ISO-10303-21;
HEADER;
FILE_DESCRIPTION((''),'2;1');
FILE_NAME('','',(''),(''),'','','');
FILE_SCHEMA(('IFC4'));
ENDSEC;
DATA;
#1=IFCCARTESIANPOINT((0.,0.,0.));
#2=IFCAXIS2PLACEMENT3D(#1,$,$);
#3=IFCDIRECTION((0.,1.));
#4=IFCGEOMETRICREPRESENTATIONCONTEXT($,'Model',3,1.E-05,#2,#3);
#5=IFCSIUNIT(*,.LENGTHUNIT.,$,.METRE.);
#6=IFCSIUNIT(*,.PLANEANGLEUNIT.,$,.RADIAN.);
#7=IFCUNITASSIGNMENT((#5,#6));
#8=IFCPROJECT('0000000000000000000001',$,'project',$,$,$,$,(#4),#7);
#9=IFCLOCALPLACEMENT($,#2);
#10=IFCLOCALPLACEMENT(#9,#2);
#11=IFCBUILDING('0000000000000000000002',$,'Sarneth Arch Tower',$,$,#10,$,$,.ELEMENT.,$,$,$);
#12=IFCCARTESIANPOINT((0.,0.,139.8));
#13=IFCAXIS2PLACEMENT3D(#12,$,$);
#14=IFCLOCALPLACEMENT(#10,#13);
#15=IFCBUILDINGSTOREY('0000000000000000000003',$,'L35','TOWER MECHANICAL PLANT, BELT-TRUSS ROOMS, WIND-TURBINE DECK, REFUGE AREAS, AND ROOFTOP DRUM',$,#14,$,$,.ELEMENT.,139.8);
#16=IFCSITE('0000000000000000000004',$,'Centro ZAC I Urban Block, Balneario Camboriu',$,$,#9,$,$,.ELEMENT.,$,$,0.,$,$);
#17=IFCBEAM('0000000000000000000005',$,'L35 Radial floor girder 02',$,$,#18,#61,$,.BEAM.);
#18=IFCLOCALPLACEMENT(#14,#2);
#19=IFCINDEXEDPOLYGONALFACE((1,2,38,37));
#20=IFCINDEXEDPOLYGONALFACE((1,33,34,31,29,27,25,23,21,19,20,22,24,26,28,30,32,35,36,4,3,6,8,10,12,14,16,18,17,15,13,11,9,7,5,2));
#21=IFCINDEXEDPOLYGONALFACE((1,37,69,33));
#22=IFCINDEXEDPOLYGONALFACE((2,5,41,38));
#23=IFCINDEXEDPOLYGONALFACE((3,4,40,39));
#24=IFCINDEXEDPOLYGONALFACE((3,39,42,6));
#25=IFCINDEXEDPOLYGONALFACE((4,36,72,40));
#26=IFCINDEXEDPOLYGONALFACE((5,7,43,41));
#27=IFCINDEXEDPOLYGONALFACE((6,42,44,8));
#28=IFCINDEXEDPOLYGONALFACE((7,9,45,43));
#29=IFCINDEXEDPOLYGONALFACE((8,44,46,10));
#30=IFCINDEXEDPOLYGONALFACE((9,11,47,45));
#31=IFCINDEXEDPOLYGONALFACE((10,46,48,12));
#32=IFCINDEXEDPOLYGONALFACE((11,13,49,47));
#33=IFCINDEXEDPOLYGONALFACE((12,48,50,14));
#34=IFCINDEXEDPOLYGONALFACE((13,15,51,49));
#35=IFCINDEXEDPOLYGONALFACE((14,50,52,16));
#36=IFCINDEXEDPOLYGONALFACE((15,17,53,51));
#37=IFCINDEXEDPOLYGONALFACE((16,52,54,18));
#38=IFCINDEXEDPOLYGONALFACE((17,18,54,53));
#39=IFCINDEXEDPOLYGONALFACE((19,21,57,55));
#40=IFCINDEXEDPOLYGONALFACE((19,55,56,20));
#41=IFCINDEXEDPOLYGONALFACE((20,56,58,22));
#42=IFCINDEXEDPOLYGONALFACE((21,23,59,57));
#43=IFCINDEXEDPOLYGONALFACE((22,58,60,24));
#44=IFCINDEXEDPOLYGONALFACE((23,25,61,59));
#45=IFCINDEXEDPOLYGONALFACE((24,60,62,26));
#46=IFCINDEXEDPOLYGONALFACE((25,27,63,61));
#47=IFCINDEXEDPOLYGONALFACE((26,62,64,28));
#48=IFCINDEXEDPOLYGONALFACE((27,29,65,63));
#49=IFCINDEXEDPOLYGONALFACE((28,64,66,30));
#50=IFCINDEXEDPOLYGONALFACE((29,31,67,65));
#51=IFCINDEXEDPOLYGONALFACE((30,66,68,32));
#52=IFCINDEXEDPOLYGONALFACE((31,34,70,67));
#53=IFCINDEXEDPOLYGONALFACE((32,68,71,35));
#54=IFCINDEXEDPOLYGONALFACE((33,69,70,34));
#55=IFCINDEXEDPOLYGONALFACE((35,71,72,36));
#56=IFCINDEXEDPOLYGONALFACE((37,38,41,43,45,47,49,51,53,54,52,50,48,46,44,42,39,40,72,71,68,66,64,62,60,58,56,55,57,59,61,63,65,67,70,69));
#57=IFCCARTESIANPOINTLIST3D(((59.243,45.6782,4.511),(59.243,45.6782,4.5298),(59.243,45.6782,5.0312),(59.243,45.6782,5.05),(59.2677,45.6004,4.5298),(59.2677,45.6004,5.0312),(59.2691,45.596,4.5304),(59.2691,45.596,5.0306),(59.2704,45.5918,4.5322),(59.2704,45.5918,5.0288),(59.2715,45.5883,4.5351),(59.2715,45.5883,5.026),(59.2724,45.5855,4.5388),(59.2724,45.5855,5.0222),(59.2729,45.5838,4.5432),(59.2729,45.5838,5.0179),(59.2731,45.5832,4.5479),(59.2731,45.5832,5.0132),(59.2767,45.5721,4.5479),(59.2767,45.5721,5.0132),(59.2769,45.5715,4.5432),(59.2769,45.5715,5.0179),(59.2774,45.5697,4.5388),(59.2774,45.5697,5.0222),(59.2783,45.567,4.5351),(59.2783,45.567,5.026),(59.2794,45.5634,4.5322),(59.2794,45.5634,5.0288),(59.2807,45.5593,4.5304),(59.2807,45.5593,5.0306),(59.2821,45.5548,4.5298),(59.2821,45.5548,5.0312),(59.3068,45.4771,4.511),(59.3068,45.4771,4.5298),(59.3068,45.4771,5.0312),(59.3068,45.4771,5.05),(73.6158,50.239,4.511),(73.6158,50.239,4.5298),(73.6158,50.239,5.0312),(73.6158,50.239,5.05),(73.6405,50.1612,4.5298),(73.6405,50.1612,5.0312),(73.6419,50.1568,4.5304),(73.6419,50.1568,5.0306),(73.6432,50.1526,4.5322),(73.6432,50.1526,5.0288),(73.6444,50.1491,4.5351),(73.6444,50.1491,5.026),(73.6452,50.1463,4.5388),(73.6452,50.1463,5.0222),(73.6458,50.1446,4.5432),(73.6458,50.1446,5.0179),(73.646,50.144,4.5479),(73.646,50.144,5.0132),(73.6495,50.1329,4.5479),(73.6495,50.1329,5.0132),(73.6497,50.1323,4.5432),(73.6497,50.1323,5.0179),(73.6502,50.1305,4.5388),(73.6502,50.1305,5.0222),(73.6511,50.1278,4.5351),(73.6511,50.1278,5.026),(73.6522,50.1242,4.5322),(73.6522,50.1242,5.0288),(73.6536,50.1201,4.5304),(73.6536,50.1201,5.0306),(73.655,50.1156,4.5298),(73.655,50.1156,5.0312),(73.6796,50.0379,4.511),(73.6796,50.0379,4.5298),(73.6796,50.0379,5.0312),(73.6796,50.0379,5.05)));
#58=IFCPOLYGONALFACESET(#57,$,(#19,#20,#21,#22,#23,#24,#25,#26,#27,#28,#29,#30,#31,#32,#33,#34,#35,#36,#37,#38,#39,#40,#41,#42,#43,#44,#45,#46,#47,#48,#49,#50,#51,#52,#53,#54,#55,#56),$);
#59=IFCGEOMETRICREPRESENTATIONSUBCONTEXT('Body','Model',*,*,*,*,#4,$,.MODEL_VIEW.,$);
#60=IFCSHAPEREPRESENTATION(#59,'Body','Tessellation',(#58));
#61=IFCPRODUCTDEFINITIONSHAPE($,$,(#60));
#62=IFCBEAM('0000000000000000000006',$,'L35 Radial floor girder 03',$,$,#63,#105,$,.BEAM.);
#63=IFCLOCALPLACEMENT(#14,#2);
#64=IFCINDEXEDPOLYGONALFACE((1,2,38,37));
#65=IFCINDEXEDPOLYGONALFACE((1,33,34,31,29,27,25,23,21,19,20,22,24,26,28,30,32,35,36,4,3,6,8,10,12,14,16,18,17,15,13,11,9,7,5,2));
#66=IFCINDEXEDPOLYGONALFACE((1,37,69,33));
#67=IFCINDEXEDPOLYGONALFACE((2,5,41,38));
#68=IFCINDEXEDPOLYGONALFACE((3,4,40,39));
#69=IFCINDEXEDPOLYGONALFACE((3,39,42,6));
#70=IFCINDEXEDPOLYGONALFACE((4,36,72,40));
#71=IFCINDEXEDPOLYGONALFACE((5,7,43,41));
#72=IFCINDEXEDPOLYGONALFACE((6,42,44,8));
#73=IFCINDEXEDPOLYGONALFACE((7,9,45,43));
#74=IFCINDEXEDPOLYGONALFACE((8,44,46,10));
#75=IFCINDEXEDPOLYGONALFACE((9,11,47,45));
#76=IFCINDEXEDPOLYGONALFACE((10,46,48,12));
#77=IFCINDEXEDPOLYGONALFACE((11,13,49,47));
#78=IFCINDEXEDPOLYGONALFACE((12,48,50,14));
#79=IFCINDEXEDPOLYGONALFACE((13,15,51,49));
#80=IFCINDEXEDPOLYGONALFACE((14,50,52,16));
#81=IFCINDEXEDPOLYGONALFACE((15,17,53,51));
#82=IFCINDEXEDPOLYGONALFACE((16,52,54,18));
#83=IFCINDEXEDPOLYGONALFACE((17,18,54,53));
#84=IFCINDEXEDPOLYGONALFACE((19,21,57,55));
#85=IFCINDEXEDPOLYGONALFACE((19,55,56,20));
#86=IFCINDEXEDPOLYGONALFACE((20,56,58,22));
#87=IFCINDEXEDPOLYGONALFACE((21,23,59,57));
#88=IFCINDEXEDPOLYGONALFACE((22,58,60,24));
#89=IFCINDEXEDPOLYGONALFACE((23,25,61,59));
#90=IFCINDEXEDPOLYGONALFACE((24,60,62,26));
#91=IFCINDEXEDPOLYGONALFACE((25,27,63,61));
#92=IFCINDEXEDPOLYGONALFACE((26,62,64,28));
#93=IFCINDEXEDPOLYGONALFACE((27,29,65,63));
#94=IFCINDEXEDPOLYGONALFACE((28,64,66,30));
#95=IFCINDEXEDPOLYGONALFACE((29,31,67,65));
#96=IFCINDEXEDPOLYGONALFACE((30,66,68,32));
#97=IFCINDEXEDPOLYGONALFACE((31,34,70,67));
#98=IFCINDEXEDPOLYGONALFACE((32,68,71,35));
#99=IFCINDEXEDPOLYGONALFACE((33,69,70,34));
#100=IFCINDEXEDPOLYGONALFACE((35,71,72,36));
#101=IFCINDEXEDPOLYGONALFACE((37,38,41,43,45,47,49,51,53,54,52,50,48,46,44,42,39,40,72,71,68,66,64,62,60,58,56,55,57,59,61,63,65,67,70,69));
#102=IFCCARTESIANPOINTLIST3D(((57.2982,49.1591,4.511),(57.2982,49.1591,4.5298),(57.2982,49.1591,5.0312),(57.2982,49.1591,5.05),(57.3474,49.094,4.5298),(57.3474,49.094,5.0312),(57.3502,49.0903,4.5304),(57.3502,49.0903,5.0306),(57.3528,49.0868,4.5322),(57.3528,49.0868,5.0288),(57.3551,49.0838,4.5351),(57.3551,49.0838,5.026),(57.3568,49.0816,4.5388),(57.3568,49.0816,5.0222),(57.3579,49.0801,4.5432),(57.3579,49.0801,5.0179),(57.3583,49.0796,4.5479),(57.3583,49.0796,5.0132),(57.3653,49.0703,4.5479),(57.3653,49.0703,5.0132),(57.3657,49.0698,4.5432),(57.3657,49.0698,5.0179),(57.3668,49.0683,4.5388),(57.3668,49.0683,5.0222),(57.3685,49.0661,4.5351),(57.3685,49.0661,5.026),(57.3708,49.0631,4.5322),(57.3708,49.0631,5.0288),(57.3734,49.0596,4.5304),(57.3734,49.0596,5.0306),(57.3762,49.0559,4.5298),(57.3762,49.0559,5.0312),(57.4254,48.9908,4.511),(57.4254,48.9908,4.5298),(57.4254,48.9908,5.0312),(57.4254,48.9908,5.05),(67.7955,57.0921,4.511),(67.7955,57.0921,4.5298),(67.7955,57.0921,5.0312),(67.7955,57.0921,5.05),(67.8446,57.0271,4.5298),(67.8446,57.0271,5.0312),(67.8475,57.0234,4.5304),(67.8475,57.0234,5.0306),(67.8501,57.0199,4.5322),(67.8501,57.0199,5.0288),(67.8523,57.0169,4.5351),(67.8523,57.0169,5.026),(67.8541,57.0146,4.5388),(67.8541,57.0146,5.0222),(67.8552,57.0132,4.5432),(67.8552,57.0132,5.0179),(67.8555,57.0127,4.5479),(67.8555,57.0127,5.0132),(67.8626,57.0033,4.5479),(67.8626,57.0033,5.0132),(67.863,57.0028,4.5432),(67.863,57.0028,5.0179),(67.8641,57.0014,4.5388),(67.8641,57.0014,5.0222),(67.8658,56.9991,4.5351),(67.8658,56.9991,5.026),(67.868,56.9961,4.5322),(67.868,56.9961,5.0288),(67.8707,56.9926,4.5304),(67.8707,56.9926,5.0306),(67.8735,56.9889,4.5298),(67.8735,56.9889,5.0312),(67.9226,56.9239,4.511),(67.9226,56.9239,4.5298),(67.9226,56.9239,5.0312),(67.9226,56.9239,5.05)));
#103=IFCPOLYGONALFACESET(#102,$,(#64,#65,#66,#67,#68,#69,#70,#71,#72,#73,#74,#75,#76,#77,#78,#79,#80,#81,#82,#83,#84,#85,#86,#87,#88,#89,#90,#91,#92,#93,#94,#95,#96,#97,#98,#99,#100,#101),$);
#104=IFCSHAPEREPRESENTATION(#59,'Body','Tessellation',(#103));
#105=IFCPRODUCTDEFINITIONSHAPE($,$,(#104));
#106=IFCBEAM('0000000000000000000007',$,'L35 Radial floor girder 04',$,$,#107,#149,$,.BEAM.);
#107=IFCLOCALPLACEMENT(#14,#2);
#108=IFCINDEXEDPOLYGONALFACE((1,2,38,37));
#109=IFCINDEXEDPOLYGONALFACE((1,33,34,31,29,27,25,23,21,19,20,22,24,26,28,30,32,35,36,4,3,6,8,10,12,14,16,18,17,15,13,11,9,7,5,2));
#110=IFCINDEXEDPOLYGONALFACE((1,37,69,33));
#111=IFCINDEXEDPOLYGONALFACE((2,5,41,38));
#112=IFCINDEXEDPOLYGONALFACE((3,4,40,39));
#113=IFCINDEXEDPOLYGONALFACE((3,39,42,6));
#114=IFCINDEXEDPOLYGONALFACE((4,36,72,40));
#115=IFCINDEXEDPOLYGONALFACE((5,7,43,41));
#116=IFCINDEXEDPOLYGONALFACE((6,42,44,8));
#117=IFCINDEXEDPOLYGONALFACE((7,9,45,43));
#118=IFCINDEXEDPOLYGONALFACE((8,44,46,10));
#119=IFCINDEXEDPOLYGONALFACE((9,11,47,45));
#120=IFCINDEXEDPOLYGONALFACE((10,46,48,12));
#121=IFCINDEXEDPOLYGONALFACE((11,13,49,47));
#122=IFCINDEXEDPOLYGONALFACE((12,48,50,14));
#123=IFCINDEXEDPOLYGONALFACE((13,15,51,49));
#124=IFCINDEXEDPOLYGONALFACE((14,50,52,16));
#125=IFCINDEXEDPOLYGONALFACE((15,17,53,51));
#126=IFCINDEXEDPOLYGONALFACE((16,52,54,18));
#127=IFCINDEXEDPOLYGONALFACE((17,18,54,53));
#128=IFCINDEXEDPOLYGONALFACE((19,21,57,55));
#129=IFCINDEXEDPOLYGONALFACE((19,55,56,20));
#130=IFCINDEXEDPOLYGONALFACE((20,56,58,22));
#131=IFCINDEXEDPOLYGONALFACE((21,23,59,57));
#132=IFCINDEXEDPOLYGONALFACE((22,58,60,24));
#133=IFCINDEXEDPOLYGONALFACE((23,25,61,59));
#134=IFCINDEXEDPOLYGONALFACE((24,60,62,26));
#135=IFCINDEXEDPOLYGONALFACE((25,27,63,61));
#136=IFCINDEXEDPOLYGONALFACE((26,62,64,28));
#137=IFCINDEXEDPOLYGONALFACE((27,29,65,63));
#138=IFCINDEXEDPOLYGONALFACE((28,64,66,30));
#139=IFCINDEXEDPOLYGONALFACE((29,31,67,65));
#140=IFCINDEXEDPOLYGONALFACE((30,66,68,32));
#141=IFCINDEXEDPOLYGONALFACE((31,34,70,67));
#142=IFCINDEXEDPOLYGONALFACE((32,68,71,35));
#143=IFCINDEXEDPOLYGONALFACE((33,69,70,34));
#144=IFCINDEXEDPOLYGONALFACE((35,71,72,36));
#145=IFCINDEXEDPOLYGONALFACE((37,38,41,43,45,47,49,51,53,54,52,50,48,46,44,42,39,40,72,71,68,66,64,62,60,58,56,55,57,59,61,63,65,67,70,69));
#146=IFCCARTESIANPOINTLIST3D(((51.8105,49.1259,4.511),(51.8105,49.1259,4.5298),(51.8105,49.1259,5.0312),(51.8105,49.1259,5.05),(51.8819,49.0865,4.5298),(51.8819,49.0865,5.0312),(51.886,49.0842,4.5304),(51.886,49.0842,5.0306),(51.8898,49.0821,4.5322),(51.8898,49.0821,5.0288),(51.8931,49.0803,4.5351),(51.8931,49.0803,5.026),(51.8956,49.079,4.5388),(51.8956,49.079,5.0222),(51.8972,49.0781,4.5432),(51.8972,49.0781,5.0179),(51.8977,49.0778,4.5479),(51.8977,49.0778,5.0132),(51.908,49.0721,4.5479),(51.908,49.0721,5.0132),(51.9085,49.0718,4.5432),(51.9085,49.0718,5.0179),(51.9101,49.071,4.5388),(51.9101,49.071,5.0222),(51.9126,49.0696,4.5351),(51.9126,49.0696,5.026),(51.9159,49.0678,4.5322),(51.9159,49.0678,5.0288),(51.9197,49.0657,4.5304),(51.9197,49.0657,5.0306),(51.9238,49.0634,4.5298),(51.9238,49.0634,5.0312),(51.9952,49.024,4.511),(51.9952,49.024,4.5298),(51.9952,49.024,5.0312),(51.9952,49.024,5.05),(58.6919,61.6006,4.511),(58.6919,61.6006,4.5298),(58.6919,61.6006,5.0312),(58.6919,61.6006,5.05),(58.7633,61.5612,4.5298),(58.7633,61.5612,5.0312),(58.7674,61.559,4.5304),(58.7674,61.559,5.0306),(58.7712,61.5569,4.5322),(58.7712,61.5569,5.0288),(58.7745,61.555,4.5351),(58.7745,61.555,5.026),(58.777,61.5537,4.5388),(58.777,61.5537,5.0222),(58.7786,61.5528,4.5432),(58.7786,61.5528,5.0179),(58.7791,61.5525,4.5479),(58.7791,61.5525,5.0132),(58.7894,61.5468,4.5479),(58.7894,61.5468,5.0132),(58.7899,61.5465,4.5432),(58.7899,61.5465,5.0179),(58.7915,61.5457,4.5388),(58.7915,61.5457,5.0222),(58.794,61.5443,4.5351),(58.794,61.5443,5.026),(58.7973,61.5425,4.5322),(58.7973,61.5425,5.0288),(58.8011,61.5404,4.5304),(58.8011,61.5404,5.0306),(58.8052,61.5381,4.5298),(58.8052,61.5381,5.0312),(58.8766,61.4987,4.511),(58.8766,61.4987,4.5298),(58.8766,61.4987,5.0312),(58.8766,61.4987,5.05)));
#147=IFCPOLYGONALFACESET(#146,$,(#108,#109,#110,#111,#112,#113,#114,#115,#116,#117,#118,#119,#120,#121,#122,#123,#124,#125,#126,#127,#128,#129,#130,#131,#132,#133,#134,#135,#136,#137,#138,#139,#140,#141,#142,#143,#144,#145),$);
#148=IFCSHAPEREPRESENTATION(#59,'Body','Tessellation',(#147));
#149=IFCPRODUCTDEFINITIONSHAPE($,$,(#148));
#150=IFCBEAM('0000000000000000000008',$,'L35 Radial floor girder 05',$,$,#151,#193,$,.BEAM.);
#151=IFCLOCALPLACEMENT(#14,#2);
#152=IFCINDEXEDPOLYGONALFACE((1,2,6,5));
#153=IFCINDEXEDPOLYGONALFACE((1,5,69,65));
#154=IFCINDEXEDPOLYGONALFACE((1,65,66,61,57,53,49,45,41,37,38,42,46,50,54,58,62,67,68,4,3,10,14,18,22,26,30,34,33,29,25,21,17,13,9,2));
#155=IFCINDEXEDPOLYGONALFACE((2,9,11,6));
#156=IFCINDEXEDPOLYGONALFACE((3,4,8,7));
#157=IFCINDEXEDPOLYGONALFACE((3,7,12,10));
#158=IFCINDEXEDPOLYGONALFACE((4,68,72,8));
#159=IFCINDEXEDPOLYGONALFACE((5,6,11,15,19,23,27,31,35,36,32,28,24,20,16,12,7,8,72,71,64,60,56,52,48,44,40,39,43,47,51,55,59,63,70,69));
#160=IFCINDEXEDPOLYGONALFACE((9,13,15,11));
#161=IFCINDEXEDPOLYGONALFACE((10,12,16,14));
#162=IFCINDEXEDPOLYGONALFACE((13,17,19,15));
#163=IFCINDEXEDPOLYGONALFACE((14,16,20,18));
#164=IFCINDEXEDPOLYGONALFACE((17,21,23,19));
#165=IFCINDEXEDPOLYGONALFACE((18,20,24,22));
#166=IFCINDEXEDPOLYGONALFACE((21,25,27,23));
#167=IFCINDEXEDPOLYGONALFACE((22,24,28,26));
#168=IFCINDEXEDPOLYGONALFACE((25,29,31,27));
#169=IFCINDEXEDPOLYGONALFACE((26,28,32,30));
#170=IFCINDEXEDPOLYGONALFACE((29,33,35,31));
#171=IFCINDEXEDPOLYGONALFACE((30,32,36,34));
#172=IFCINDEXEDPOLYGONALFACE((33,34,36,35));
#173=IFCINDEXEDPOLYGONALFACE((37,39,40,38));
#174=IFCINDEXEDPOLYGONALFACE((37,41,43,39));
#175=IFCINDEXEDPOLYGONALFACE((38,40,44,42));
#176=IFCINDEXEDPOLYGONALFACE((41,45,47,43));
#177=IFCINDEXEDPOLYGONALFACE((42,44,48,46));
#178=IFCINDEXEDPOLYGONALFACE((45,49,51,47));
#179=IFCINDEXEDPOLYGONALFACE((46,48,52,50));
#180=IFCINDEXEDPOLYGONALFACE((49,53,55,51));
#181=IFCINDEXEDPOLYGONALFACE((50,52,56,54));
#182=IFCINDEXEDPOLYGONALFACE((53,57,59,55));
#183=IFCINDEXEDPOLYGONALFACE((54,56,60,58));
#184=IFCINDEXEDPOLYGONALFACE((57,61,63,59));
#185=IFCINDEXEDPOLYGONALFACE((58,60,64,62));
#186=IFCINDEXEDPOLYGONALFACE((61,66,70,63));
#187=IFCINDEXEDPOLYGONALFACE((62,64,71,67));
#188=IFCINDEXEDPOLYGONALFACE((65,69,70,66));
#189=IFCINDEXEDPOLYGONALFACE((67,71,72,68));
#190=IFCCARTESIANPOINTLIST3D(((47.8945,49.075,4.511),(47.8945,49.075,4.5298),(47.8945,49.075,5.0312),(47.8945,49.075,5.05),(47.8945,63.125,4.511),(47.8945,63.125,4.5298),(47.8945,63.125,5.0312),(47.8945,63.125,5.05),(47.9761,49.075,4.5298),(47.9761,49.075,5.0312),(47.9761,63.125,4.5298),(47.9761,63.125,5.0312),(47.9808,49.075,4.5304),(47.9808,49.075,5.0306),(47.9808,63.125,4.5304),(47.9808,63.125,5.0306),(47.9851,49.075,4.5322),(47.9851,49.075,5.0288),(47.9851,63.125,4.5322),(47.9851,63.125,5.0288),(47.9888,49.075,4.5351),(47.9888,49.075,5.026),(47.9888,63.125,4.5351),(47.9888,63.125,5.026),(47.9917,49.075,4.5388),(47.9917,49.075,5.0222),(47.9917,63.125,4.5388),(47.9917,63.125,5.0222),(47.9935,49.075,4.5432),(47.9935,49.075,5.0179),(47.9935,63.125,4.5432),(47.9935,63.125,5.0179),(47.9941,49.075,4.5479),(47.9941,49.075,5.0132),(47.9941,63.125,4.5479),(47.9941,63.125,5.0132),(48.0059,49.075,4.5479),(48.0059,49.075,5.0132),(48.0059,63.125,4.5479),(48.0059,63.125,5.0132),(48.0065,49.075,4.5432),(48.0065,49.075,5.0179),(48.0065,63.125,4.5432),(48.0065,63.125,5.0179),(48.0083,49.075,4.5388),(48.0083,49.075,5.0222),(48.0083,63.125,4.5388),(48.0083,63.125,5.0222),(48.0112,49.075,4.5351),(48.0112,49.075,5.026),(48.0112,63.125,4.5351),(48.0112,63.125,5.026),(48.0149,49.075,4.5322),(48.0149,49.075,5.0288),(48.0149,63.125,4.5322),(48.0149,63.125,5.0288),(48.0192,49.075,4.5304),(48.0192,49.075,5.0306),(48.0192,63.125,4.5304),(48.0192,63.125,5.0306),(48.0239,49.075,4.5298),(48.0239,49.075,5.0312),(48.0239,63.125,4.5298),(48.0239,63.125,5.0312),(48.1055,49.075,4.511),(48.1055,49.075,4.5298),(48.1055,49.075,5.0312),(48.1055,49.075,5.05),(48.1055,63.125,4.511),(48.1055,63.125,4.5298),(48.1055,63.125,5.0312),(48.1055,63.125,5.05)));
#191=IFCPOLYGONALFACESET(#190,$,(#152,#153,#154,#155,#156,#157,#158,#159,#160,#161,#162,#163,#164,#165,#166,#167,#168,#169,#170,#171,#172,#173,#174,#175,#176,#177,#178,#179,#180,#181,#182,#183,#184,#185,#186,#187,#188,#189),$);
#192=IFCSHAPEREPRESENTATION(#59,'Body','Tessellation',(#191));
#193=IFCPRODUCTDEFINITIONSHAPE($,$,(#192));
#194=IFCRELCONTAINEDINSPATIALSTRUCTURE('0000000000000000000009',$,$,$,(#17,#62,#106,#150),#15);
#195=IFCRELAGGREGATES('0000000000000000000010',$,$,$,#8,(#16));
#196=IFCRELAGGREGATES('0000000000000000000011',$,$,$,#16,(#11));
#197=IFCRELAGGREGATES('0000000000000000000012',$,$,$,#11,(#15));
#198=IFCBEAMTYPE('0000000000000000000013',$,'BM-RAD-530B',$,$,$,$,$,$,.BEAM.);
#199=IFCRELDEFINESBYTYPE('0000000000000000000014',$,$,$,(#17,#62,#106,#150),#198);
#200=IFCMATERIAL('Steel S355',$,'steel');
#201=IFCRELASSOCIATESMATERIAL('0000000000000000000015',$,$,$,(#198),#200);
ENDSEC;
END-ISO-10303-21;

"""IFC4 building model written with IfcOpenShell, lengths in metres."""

from ifc_helpers import new_model, si_unit, direction, frame, origin, origin_2d, place, context, subcontext, project, spatial, i_section, extrude, material, material_profile, profile_set, type_object, element, save


model = new_model("IFC4")

# Units and contexts
model_context = context("Model", 3, precision=1e-05, world=origin(), true_north=direction((0.0, 1.0)))
body_context = subcontext(model_context, "Body", "Model", "MODEL_VIEW")
ifc_project = project(units=[si_unit("LENGTHUNIT", "METRE"), si_unit("PLANEANGLEUNIT", "RADIAN")], contexts=[model_context])

# Site, building, storey
site_placement = place(None, origin())
site = spatial("IfcSite", under=ifc_project, at=site_placement, Name="Centro ZAC I Urban Block, Balneario Camboriu", CompositionType="ELEMENT", RefElevation=0.0)
building_placement = place(site_placement, origin())
building = spatial("IfcBuilding", under=site, at=building_placement, Name="Sarneth Arch Tower", CompositionType="ELEMENT")
storey_placement = place(building_placement, frame((0.0, 0.0, 139.8)))
storey = spatial("IfcBuildingStorey", under=building, at=storey_placement, Name="L35", Description="TOWER MECHANICAL PLANT, BELT-TRUSS ROOMS, WIND-TURBINE DECK, REFUGE AREAS, AND ROOFTOP DRUM", CompositionType="ELEMENT", Elevation=139.8)

# Beams
ifc_material_1 = material(Name="Steel S355", Category="steel")
ifc_material_profile_1 = material_profile(ifc_material_1, i_section(OverallWidth=0.2109, OverallDepth=0.5391, WebThickness=0.0117, FlangeThickness=0.0188, FilletRadius=0.0181, at=origin_2d()), Name="W530x109")
ifc_profile_set_1 = profile_set([ifc_material_profile_1], Name="Steel S355")
beam_type_1 = type_object("IfcBeamType", Name="BM-RAD-530B", PredefinedType="BEAM", material=ifc_profile_set_1)
beam_1_placement = place(storey_placement, frame((59.2749, 45.5776, 4.7805), z_axis=(0.953163, 0.302458, 0.0), x_axis=(-0.302458, 0.953163, 0.0)))
element("IfcBeam", 1, at=beam_1_placement, inside=storey, type_object=beam_type_1, Name="L35 Radial floor girder 02", PredefinedType="BEAM", context=body_context, shape_type="SweptSolid", body=[
    extrude(i_section(OverallWidth=0.2109, OverallDepth=0.5391, WebThickness=0.0117, FlangeThickness=0.0188, FilletRadius=0.0181, at=origin_2d()), origin(), (0.0, 0.0, 1.0), 15.0791),
])
beam_2_placement = place(storey_placement, frame((57.3618, 49.075, 4.7805), z_axis=(0.797801, 0.60292, 0.0), x_axis=(-0.60292, 0.797801, 0.0)))
element("IfcBeam", 2, at=beam_2_placement, inside=storey, type_object=beam_type_1, Name="L35 Radial floor girder 03", PredefinedType="BEAM", context=body_context, shape_type="SweptSolid", body=[
    extrude(i_section(OverallWidth=0.2109, OverallDepth=0.5391, WebThickness=0.0117, FlangeThickness=0.0188, FilletRadius=0.0181, at=origin_2d()), origin(), (0.0, 0.0, 1.0), 13.1577),
])
beam_3_placement = place(storey_placement, frame((51.9028, 49.075, 4.7805), z_axis=(0.483013, 0.875613, 0.0), x_axis=(-0.875613, 0.483013, 0.0)))
element("IfcBeam", 3, at=beam_3_placement, inside=storey, type_object=beam_type_1, Name="L35 Radial floor girder 04", PredefinedType="BEAM", context=body_context, shape_type="SweptSolid", body=[
    extrude(i_section(OverallWidth=0.2109, OverallDepth=0.5391, WebThickness=0.0117, FlangeThickness=0.0188, FilletRadius=0.0181, at=origin_2d()), origin(), (0.0, 0.0, 1.0), 14.2468),
])
beam_4_placement = place(storey_placement, frame((48.0, 49.075, 4.7805), z_axis=(0.0, 1.0, 0.0), x_axis=(-1.0, 0.0, 0.0)))
element("IfcBeam", 4, at=beam_4_placement, inside=storey, type_object=beam_type_1, Name="L35 Radial floor girder 05", PredefinedType="BEAM", context=body_context, shape_type="SweptSolid", body=[
    extrude(i_section(OverallWidth=0.2109, OverallDepth=0.5391, WebThickness=0.0117, FlangeThickness=0.0188, FilletRadius=0.0181, at=origin_2d()), origin(), (0.0, 0.0, 1.0), 14.05),
])

save(model, "model.ifc")
